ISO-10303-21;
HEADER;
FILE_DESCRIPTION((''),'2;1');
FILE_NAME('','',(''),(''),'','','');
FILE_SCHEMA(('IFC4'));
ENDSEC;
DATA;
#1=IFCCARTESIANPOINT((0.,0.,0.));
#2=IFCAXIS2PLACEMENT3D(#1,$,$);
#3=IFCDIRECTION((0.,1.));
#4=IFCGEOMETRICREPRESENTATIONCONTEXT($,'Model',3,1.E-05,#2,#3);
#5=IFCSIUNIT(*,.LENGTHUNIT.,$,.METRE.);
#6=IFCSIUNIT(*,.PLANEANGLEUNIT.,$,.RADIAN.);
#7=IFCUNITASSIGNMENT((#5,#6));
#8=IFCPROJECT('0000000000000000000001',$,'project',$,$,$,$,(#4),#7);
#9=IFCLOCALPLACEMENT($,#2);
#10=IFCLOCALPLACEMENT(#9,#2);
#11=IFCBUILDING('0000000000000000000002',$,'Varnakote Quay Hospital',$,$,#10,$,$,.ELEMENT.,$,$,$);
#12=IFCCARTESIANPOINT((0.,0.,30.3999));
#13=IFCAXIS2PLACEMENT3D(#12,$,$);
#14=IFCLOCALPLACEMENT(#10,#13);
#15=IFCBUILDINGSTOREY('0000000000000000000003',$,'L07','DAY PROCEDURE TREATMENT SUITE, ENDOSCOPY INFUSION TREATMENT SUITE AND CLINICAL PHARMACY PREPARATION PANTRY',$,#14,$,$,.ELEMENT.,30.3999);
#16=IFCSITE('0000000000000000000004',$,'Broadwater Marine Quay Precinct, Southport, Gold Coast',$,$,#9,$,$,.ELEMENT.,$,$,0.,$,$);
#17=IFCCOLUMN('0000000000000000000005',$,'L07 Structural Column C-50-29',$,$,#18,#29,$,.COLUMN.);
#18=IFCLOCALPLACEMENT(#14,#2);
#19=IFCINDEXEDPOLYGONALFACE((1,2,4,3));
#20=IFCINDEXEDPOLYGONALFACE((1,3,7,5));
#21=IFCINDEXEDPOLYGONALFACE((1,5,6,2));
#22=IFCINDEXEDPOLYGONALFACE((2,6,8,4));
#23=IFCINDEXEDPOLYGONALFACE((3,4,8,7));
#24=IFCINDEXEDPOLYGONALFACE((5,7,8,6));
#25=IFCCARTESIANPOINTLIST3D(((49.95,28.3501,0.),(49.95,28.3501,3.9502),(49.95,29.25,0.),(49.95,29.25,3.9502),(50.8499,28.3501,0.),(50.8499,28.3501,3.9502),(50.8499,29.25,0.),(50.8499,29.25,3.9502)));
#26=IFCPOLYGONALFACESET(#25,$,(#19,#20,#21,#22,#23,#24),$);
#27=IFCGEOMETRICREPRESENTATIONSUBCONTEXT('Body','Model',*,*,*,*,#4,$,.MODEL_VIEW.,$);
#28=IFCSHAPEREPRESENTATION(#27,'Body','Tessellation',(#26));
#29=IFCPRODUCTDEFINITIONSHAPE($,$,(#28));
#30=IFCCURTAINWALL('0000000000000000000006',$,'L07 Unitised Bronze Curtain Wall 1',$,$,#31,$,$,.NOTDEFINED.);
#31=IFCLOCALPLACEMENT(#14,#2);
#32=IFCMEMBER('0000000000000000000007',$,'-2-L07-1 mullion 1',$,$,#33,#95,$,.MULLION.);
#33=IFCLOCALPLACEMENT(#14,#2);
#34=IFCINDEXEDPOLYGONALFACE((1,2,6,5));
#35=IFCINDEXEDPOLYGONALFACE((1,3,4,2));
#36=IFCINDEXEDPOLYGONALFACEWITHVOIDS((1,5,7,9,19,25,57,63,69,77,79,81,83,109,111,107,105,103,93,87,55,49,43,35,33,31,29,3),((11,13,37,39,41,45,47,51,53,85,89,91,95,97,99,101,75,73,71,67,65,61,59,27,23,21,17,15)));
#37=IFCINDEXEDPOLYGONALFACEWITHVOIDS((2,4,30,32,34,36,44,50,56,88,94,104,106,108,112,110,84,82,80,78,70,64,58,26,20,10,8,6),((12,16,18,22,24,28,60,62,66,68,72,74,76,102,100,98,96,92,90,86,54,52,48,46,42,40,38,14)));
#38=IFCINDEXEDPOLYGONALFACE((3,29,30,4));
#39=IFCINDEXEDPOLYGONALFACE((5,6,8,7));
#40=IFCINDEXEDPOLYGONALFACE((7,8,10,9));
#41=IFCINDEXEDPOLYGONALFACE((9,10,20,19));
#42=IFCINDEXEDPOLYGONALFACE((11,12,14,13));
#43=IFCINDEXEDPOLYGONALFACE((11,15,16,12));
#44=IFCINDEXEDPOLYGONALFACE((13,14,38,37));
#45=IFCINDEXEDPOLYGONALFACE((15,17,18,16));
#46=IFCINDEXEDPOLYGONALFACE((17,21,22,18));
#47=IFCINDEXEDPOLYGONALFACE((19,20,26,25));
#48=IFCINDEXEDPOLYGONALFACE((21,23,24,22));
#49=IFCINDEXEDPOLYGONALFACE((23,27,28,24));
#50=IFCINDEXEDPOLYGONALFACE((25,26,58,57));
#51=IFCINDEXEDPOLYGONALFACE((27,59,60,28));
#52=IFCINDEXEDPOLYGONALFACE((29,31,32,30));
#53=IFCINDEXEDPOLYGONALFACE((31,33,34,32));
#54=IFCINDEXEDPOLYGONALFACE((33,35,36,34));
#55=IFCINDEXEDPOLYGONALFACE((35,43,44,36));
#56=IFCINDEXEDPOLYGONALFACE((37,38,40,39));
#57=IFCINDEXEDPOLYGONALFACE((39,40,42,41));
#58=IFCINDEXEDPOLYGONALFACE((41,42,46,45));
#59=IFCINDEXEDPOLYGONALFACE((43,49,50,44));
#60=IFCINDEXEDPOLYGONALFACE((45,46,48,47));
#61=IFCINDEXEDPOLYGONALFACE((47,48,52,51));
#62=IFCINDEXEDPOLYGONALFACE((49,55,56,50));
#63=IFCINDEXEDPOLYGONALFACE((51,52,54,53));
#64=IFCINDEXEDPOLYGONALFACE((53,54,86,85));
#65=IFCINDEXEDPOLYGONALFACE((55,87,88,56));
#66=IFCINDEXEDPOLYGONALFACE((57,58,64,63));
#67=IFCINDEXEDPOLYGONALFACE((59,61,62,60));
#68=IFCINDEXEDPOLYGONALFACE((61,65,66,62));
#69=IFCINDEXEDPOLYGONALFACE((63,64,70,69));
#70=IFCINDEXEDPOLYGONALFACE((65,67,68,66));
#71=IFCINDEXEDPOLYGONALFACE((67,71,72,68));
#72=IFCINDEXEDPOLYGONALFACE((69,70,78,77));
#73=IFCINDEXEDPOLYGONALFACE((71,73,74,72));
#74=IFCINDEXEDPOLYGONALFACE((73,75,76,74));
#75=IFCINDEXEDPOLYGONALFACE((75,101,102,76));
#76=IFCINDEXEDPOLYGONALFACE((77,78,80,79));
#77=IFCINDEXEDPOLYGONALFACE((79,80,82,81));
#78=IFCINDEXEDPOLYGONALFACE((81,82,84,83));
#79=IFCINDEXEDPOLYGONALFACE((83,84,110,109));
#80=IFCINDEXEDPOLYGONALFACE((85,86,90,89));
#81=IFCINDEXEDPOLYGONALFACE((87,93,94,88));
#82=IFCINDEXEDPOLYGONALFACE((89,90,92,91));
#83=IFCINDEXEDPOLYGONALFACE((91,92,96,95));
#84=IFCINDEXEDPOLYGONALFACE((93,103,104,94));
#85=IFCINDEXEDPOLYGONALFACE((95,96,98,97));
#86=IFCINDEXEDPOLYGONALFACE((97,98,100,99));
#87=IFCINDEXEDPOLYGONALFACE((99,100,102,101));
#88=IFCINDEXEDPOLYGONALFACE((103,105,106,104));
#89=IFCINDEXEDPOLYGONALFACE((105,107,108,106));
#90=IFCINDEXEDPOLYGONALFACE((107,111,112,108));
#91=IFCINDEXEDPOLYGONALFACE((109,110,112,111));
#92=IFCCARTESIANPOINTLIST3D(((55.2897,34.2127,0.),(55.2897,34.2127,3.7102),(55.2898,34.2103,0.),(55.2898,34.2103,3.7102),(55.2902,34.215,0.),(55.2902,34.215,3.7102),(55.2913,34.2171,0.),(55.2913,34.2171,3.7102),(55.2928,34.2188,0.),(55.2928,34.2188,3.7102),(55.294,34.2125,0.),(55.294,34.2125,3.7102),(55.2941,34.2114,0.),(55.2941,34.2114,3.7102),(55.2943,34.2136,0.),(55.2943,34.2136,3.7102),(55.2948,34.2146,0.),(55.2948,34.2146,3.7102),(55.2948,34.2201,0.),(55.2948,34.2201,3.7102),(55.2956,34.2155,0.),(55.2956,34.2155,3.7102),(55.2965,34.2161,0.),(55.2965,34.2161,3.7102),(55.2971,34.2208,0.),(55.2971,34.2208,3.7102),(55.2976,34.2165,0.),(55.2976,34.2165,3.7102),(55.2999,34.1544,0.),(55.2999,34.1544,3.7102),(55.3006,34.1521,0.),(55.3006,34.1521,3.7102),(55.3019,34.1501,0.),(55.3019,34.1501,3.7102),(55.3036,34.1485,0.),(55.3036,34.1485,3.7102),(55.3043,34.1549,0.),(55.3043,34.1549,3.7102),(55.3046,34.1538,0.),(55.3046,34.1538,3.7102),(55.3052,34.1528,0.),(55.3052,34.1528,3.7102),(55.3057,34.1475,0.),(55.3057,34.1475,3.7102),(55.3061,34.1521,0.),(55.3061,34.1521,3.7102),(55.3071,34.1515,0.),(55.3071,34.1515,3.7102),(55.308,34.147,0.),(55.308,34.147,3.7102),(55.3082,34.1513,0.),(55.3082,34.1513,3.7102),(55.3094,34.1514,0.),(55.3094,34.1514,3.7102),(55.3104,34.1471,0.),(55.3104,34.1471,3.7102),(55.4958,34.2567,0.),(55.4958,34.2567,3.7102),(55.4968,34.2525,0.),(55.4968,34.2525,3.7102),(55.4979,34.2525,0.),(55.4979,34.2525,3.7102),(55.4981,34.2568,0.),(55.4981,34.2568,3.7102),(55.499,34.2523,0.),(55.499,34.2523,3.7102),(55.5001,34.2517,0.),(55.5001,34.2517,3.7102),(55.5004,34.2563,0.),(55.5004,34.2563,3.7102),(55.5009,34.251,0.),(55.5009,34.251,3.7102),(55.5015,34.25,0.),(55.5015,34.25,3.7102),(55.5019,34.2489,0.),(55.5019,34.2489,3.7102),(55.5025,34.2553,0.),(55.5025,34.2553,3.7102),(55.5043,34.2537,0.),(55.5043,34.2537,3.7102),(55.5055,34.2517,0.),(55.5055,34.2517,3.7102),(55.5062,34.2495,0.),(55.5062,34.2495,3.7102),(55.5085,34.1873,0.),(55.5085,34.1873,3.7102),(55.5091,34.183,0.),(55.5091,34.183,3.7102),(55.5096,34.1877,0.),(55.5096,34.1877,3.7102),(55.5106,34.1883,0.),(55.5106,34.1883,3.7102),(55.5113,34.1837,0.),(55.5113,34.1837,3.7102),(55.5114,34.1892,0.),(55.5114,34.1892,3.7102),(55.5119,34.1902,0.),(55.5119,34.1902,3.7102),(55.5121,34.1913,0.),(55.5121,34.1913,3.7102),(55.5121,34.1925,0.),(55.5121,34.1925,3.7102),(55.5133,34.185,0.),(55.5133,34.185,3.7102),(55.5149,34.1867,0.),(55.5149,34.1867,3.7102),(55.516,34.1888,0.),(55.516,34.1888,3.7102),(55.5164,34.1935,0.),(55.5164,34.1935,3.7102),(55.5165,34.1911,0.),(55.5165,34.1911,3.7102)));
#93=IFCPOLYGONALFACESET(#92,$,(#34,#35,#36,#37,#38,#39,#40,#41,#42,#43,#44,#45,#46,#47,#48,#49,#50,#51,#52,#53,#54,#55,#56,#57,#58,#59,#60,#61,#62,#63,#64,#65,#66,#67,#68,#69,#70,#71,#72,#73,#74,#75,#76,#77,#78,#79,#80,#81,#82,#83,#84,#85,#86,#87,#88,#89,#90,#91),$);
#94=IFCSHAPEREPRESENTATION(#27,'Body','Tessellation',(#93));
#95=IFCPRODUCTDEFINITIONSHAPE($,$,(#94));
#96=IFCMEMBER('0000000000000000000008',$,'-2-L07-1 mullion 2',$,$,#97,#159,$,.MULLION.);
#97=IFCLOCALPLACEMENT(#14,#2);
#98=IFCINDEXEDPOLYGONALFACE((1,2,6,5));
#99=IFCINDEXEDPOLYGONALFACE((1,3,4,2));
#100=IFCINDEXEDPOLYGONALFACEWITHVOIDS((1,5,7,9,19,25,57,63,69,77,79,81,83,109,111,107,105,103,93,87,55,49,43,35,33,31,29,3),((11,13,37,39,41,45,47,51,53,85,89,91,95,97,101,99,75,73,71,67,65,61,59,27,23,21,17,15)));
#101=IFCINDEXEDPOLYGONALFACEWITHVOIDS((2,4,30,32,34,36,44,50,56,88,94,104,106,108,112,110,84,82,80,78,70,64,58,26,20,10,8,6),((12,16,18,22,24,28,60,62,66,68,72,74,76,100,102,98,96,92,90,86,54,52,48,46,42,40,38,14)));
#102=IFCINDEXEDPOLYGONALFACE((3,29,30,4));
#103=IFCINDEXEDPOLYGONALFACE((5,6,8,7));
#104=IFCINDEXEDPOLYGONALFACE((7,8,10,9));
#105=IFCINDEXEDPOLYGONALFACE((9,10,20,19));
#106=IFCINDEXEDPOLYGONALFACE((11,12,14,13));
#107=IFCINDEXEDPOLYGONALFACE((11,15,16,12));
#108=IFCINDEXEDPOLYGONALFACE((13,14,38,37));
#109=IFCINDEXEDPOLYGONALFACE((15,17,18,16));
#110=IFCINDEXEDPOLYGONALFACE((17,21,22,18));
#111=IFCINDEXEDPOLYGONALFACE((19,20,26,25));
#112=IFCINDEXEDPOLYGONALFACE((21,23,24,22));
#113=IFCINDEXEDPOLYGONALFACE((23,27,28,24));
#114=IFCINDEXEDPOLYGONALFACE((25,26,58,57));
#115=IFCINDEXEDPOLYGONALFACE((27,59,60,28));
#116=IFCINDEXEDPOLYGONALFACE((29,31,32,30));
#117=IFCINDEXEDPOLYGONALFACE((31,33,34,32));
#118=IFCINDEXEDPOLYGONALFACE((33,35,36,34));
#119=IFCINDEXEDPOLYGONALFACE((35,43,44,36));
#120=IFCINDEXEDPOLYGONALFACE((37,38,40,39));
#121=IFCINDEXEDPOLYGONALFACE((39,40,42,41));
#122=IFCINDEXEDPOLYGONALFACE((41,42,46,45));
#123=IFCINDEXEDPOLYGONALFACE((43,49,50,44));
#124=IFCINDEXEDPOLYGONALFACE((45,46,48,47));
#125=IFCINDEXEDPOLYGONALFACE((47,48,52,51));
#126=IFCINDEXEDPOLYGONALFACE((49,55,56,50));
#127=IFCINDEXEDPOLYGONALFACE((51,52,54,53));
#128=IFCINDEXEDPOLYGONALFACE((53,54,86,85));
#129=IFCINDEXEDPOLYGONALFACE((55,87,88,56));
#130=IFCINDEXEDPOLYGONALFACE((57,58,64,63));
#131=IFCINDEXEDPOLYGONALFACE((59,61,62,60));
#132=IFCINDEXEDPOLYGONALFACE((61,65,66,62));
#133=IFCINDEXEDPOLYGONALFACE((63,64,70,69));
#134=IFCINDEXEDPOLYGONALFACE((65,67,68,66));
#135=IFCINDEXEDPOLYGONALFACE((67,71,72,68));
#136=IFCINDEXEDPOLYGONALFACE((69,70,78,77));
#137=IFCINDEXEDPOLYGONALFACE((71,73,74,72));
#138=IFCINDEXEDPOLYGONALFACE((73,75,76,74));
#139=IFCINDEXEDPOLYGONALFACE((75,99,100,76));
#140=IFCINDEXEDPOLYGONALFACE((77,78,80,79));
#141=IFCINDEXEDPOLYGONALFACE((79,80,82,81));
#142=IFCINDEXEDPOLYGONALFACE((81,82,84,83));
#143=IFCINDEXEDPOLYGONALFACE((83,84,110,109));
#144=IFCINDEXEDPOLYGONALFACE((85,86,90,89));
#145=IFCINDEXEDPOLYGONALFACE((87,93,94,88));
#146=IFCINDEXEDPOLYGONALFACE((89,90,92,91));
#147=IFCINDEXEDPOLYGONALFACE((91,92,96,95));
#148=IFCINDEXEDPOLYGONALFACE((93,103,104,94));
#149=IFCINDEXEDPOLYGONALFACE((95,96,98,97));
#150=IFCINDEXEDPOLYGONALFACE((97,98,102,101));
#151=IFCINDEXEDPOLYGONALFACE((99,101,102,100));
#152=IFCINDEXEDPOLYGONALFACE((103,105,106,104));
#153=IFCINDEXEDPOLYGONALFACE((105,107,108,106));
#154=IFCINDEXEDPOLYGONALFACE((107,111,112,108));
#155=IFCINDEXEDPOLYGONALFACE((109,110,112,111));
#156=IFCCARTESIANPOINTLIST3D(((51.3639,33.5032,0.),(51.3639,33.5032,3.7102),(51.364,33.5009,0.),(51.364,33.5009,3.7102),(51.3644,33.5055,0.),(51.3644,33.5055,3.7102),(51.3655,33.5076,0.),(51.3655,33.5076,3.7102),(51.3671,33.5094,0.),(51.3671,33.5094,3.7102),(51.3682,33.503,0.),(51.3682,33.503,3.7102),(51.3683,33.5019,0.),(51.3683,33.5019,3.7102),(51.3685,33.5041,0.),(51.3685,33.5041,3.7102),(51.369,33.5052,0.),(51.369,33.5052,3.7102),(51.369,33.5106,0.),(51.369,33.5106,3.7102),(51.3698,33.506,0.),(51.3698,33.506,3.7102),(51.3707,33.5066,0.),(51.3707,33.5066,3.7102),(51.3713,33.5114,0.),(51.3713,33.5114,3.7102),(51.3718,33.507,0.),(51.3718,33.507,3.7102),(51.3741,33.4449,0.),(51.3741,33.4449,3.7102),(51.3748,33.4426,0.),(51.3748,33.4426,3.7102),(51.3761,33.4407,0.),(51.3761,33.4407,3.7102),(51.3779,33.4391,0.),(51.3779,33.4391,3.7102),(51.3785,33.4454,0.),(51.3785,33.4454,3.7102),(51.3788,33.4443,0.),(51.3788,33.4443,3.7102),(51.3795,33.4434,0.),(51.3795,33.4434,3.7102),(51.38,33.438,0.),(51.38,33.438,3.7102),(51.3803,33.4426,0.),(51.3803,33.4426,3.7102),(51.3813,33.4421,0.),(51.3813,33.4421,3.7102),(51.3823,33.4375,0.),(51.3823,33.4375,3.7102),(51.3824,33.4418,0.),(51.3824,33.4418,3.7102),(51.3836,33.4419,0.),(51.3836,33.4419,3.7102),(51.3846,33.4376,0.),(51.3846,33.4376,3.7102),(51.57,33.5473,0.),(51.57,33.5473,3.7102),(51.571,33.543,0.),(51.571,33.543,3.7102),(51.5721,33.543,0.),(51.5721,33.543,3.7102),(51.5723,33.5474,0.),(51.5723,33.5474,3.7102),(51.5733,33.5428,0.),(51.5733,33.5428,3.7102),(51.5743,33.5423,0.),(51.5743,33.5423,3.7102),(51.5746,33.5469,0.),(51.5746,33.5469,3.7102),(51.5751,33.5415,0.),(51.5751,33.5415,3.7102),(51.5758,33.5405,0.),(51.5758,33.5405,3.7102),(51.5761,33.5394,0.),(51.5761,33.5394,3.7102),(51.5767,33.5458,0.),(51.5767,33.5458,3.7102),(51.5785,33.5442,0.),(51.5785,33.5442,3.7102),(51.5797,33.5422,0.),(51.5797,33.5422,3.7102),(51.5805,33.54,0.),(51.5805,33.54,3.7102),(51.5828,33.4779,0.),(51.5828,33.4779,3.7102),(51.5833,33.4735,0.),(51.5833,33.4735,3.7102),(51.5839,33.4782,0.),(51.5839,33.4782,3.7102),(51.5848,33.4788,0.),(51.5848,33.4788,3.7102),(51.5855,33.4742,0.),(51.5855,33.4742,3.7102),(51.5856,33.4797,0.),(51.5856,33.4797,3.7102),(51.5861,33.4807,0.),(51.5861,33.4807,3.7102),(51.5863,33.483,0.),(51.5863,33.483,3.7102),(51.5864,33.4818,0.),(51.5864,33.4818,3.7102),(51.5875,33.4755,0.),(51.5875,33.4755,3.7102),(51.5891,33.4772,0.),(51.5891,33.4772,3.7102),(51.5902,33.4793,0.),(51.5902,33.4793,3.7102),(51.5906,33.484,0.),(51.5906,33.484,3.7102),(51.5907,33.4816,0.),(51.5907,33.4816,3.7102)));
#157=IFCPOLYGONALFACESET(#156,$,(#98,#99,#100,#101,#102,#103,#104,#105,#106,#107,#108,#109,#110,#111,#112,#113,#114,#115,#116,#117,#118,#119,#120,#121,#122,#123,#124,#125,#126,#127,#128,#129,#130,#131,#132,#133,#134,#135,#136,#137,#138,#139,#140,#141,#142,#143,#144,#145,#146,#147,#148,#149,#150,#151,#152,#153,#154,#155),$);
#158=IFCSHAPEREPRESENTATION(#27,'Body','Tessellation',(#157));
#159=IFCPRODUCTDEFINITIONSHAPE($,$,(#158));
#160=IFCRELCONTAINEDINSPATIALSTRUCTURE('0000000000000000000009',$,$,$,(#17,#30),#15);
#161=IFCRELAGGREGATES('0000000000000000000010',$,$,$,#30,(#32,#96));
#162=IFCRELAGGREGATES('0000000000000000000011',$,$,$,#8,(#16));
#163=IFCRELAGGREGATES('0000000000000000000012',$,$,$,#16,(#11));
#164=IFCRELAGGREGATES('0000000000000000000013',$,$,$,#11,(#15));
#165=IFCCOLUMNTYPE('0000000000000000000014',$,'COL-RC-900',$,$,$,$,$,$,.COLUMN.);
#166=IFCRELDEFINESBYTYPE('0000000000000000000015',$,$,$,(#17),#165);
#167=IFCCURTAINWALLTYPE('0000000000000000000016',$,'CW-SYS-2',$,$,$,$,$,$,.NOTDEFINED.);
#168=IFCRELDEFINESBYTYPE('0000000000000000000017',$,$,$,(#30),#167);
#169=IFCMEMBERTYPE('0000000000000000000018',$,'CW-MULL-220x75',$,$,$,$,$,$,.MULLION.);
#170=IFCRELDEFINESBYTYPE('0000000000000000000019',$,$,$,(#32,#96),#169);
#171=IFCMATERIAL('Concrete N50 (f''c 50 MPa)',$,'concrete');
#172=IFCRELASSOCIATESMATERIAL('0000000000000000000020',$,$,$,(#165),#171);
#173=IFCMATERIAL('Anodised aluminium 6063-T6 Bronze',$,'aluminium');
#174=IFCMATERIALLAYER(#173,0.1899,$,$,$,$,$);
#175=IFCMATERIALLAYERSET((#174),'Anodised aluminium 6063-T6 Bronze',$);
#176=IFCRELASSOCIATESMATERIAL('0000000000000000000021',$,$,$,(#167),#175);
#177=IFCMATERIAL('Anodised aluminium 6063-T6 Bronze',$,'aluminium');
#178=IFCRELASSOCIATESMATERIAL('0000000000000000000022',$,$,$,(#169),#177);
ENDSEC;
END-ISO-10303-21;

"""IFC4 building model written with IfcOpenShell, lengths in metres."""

from ifc_helpers import new_model, si_unit, direction, frame, origin, origin_2d, place, context, subcontext, project, spatial, rectangle, hollow_rectangle, extrude, material, layer, layer_set, material_profile, profile_set, type_object, element, aggregate, save


model = new_model("IFC4")

# Units and contexts
model_context = context("Model", 3, precision=1e-05, world=origin(), true_north=direction((0.0, 1.0)))
body_context = subcontext(model_context, "Body", "Model", "MODEL_VIEW")
ifc_project = project(units=[si_unit("LENGTHUNIT", "METRE"), si_unit("PLANEANGLEUNIT", "RADIAN")], contexts=[model_context])

# Site, building, storey
site_placement = place(None, origin())
site = spatial("IfcSite", under=ifc_project, at=site_placement, Name="Broadwater Marine Quay Precinct, Southport, Gold Coast", CompositionType="ELEMENT", RefElevation=0.0)
building_placement = place(site_placement, origin())
building = spatial("IfcBuilding", under=site, at=building_placement, Name="Varnakote Quay Hospital", CompositionType="ELEMENT")
storey_placement = place(building_placement, frame((0.0, 0.0, 30.3999)))
storey = spatial("IfcBuildingStorey", under=building, at=storey_placement, Name="L07", Description="DAY PROCEDURE TREATMENT SUITE, ENDOSCOPY INFUSION TREATMENT SUITE AND CLINICAL PHARMACY PREPARATION PANTRY", CompositionType="ELEMENT", Elevation=30.3999)

# Column
ifc_material_1 = material(Name="Concrete N50 (f'c 50 MPa)", Category="concrete")
ifc_material_profile_1 = material_profile(ifc_material_1, rectangle(XDim=0.8999, YDim=0.8999, at=origin_2d()), Name="RC-COL-900x900")
ifc_profile_set_1 = profile_set([ifc_material_profile_1], Name="Concrete N50 (f'c 50 MPa)")
column_type = type_object("IfcColumnType", Name="COL-RC-900", PredefinedType="COLUMN", material=ifc_profile_set_1)
column_placement = place(storey_placement, frame((50.3999, 28.8, 0.0), z_axis=(0.0, 0.0, 1.0), x_axis=(1.0, 0.0, 0.0)))
element("IfcColumn", 1, at=column_placement, inside=storey, type_object=column_type, Name="L07 Structural Column C-50-29", PredefinedType="COLUMN", context=body_context, shape_type="SweptSolid", body=[
    extrude(rectangle(XDim=0.8999, YDim=0.8999, at=origin_2d()), origin(), (0.0, 0.0, 1.0), 3.9502),
])

# Curtain wall, members
ifc_material_2 = material(Name="Anodised aluminium 6063-T6 Bronze", Category="aluminium")
ifc_layer_1 = layer(ifc_material_2, 0.1899)
ifc_layer_set_1 = layer_set([ifc_layer_1], Name="Anodised aluminium 6063-T6 Bronze")
curtain_wall_type = type_object("IfcCurtainWallType", Name="CW-SYS-2", PredefinedType="NOTDEFINED", material=ifc_layer_set_1)
curtain_wall_placement = place(storey_placement, origin())
curtain_wall = element("IfcCurtainWall", 2, at=curtain_wall_placement, inside=storey, type_object=curtain_wall_type, Name="L07 Unitised Bronze Curtain Wall 1", PredefinedType="NOTDEFINED")
ifc_material_3 = material(Name="Anodised aluminium 6063-T6 Bronze", Category="aluminium")
ifc_material_profile_2 = material_profile(ifc_material_3, hollow_rectangle(XDim=0.075, YDim=0.22, WallThickness=0.0044, InnerFilletRadius=0.0044, OuterFilletRadius=0.009, at=origin_2d()), Name="CW-MULL-220x75")
ifc_profile_set_2 = profile_set([ifc_material_profile_2], Name="Anodised aluminium 6063-T6 Bronze")
member_type_1 = type_object("IfcMemberType", Name="CW-MULL-220x75", PredefinedType="MULLION", material=ifc_profile_set_2)
member_1_placement = place(storey_placement, frame((55.4031, 34.2019, 0.0), z_axis=(0.0, 0.0, 1.0), x_axis=(0.177846, -0.984058, 0.0)))
member_1 = element("IfcMember", 3, at=member_1_placement, type_object=member_type_1, Name="-2-L07-1 mullion 1", PredefinedType="MULLION", context=body_context, shape_type="SweptSolid", body=[
    extrude(hollow_rectangle(XDim=0.075, YDim=0.22, WallThickness=0.0044, InnerFilletRadius=0.0044, OuterFilletRadius=0.009, at=origin_2d()), origin(), (0.0, 0.0, 1.0), 3.7102),
])
member_2_placement = place(storey_placement, frame((51.4773, 33.4924, 0.0), z_axis=(0.0, 0.0, 1.0), x_axis=(0.177846, -0.984058, 0.0)))
member_2 = element("IfcMember", 4, at=member_2_placement, type_object=member_type_1, Name="-2-L07-1 mullion 2", PredefinedType="MULLION", context=body_context, shape_type="SweptSolid", body=[
    extrude(hollow_rectangle(XDim=0.075, YDim=0.22, WallThickness=0.0044, InnerFilletRadius=0.0044, OuterFilletRadius=0.009, at=origin_2d()), origin(), (0.0, 0.0, 1.0), 3.7102),
])
aggregate(curtain_wall, [member_1, member_2])

save(model, "model.ifc")
